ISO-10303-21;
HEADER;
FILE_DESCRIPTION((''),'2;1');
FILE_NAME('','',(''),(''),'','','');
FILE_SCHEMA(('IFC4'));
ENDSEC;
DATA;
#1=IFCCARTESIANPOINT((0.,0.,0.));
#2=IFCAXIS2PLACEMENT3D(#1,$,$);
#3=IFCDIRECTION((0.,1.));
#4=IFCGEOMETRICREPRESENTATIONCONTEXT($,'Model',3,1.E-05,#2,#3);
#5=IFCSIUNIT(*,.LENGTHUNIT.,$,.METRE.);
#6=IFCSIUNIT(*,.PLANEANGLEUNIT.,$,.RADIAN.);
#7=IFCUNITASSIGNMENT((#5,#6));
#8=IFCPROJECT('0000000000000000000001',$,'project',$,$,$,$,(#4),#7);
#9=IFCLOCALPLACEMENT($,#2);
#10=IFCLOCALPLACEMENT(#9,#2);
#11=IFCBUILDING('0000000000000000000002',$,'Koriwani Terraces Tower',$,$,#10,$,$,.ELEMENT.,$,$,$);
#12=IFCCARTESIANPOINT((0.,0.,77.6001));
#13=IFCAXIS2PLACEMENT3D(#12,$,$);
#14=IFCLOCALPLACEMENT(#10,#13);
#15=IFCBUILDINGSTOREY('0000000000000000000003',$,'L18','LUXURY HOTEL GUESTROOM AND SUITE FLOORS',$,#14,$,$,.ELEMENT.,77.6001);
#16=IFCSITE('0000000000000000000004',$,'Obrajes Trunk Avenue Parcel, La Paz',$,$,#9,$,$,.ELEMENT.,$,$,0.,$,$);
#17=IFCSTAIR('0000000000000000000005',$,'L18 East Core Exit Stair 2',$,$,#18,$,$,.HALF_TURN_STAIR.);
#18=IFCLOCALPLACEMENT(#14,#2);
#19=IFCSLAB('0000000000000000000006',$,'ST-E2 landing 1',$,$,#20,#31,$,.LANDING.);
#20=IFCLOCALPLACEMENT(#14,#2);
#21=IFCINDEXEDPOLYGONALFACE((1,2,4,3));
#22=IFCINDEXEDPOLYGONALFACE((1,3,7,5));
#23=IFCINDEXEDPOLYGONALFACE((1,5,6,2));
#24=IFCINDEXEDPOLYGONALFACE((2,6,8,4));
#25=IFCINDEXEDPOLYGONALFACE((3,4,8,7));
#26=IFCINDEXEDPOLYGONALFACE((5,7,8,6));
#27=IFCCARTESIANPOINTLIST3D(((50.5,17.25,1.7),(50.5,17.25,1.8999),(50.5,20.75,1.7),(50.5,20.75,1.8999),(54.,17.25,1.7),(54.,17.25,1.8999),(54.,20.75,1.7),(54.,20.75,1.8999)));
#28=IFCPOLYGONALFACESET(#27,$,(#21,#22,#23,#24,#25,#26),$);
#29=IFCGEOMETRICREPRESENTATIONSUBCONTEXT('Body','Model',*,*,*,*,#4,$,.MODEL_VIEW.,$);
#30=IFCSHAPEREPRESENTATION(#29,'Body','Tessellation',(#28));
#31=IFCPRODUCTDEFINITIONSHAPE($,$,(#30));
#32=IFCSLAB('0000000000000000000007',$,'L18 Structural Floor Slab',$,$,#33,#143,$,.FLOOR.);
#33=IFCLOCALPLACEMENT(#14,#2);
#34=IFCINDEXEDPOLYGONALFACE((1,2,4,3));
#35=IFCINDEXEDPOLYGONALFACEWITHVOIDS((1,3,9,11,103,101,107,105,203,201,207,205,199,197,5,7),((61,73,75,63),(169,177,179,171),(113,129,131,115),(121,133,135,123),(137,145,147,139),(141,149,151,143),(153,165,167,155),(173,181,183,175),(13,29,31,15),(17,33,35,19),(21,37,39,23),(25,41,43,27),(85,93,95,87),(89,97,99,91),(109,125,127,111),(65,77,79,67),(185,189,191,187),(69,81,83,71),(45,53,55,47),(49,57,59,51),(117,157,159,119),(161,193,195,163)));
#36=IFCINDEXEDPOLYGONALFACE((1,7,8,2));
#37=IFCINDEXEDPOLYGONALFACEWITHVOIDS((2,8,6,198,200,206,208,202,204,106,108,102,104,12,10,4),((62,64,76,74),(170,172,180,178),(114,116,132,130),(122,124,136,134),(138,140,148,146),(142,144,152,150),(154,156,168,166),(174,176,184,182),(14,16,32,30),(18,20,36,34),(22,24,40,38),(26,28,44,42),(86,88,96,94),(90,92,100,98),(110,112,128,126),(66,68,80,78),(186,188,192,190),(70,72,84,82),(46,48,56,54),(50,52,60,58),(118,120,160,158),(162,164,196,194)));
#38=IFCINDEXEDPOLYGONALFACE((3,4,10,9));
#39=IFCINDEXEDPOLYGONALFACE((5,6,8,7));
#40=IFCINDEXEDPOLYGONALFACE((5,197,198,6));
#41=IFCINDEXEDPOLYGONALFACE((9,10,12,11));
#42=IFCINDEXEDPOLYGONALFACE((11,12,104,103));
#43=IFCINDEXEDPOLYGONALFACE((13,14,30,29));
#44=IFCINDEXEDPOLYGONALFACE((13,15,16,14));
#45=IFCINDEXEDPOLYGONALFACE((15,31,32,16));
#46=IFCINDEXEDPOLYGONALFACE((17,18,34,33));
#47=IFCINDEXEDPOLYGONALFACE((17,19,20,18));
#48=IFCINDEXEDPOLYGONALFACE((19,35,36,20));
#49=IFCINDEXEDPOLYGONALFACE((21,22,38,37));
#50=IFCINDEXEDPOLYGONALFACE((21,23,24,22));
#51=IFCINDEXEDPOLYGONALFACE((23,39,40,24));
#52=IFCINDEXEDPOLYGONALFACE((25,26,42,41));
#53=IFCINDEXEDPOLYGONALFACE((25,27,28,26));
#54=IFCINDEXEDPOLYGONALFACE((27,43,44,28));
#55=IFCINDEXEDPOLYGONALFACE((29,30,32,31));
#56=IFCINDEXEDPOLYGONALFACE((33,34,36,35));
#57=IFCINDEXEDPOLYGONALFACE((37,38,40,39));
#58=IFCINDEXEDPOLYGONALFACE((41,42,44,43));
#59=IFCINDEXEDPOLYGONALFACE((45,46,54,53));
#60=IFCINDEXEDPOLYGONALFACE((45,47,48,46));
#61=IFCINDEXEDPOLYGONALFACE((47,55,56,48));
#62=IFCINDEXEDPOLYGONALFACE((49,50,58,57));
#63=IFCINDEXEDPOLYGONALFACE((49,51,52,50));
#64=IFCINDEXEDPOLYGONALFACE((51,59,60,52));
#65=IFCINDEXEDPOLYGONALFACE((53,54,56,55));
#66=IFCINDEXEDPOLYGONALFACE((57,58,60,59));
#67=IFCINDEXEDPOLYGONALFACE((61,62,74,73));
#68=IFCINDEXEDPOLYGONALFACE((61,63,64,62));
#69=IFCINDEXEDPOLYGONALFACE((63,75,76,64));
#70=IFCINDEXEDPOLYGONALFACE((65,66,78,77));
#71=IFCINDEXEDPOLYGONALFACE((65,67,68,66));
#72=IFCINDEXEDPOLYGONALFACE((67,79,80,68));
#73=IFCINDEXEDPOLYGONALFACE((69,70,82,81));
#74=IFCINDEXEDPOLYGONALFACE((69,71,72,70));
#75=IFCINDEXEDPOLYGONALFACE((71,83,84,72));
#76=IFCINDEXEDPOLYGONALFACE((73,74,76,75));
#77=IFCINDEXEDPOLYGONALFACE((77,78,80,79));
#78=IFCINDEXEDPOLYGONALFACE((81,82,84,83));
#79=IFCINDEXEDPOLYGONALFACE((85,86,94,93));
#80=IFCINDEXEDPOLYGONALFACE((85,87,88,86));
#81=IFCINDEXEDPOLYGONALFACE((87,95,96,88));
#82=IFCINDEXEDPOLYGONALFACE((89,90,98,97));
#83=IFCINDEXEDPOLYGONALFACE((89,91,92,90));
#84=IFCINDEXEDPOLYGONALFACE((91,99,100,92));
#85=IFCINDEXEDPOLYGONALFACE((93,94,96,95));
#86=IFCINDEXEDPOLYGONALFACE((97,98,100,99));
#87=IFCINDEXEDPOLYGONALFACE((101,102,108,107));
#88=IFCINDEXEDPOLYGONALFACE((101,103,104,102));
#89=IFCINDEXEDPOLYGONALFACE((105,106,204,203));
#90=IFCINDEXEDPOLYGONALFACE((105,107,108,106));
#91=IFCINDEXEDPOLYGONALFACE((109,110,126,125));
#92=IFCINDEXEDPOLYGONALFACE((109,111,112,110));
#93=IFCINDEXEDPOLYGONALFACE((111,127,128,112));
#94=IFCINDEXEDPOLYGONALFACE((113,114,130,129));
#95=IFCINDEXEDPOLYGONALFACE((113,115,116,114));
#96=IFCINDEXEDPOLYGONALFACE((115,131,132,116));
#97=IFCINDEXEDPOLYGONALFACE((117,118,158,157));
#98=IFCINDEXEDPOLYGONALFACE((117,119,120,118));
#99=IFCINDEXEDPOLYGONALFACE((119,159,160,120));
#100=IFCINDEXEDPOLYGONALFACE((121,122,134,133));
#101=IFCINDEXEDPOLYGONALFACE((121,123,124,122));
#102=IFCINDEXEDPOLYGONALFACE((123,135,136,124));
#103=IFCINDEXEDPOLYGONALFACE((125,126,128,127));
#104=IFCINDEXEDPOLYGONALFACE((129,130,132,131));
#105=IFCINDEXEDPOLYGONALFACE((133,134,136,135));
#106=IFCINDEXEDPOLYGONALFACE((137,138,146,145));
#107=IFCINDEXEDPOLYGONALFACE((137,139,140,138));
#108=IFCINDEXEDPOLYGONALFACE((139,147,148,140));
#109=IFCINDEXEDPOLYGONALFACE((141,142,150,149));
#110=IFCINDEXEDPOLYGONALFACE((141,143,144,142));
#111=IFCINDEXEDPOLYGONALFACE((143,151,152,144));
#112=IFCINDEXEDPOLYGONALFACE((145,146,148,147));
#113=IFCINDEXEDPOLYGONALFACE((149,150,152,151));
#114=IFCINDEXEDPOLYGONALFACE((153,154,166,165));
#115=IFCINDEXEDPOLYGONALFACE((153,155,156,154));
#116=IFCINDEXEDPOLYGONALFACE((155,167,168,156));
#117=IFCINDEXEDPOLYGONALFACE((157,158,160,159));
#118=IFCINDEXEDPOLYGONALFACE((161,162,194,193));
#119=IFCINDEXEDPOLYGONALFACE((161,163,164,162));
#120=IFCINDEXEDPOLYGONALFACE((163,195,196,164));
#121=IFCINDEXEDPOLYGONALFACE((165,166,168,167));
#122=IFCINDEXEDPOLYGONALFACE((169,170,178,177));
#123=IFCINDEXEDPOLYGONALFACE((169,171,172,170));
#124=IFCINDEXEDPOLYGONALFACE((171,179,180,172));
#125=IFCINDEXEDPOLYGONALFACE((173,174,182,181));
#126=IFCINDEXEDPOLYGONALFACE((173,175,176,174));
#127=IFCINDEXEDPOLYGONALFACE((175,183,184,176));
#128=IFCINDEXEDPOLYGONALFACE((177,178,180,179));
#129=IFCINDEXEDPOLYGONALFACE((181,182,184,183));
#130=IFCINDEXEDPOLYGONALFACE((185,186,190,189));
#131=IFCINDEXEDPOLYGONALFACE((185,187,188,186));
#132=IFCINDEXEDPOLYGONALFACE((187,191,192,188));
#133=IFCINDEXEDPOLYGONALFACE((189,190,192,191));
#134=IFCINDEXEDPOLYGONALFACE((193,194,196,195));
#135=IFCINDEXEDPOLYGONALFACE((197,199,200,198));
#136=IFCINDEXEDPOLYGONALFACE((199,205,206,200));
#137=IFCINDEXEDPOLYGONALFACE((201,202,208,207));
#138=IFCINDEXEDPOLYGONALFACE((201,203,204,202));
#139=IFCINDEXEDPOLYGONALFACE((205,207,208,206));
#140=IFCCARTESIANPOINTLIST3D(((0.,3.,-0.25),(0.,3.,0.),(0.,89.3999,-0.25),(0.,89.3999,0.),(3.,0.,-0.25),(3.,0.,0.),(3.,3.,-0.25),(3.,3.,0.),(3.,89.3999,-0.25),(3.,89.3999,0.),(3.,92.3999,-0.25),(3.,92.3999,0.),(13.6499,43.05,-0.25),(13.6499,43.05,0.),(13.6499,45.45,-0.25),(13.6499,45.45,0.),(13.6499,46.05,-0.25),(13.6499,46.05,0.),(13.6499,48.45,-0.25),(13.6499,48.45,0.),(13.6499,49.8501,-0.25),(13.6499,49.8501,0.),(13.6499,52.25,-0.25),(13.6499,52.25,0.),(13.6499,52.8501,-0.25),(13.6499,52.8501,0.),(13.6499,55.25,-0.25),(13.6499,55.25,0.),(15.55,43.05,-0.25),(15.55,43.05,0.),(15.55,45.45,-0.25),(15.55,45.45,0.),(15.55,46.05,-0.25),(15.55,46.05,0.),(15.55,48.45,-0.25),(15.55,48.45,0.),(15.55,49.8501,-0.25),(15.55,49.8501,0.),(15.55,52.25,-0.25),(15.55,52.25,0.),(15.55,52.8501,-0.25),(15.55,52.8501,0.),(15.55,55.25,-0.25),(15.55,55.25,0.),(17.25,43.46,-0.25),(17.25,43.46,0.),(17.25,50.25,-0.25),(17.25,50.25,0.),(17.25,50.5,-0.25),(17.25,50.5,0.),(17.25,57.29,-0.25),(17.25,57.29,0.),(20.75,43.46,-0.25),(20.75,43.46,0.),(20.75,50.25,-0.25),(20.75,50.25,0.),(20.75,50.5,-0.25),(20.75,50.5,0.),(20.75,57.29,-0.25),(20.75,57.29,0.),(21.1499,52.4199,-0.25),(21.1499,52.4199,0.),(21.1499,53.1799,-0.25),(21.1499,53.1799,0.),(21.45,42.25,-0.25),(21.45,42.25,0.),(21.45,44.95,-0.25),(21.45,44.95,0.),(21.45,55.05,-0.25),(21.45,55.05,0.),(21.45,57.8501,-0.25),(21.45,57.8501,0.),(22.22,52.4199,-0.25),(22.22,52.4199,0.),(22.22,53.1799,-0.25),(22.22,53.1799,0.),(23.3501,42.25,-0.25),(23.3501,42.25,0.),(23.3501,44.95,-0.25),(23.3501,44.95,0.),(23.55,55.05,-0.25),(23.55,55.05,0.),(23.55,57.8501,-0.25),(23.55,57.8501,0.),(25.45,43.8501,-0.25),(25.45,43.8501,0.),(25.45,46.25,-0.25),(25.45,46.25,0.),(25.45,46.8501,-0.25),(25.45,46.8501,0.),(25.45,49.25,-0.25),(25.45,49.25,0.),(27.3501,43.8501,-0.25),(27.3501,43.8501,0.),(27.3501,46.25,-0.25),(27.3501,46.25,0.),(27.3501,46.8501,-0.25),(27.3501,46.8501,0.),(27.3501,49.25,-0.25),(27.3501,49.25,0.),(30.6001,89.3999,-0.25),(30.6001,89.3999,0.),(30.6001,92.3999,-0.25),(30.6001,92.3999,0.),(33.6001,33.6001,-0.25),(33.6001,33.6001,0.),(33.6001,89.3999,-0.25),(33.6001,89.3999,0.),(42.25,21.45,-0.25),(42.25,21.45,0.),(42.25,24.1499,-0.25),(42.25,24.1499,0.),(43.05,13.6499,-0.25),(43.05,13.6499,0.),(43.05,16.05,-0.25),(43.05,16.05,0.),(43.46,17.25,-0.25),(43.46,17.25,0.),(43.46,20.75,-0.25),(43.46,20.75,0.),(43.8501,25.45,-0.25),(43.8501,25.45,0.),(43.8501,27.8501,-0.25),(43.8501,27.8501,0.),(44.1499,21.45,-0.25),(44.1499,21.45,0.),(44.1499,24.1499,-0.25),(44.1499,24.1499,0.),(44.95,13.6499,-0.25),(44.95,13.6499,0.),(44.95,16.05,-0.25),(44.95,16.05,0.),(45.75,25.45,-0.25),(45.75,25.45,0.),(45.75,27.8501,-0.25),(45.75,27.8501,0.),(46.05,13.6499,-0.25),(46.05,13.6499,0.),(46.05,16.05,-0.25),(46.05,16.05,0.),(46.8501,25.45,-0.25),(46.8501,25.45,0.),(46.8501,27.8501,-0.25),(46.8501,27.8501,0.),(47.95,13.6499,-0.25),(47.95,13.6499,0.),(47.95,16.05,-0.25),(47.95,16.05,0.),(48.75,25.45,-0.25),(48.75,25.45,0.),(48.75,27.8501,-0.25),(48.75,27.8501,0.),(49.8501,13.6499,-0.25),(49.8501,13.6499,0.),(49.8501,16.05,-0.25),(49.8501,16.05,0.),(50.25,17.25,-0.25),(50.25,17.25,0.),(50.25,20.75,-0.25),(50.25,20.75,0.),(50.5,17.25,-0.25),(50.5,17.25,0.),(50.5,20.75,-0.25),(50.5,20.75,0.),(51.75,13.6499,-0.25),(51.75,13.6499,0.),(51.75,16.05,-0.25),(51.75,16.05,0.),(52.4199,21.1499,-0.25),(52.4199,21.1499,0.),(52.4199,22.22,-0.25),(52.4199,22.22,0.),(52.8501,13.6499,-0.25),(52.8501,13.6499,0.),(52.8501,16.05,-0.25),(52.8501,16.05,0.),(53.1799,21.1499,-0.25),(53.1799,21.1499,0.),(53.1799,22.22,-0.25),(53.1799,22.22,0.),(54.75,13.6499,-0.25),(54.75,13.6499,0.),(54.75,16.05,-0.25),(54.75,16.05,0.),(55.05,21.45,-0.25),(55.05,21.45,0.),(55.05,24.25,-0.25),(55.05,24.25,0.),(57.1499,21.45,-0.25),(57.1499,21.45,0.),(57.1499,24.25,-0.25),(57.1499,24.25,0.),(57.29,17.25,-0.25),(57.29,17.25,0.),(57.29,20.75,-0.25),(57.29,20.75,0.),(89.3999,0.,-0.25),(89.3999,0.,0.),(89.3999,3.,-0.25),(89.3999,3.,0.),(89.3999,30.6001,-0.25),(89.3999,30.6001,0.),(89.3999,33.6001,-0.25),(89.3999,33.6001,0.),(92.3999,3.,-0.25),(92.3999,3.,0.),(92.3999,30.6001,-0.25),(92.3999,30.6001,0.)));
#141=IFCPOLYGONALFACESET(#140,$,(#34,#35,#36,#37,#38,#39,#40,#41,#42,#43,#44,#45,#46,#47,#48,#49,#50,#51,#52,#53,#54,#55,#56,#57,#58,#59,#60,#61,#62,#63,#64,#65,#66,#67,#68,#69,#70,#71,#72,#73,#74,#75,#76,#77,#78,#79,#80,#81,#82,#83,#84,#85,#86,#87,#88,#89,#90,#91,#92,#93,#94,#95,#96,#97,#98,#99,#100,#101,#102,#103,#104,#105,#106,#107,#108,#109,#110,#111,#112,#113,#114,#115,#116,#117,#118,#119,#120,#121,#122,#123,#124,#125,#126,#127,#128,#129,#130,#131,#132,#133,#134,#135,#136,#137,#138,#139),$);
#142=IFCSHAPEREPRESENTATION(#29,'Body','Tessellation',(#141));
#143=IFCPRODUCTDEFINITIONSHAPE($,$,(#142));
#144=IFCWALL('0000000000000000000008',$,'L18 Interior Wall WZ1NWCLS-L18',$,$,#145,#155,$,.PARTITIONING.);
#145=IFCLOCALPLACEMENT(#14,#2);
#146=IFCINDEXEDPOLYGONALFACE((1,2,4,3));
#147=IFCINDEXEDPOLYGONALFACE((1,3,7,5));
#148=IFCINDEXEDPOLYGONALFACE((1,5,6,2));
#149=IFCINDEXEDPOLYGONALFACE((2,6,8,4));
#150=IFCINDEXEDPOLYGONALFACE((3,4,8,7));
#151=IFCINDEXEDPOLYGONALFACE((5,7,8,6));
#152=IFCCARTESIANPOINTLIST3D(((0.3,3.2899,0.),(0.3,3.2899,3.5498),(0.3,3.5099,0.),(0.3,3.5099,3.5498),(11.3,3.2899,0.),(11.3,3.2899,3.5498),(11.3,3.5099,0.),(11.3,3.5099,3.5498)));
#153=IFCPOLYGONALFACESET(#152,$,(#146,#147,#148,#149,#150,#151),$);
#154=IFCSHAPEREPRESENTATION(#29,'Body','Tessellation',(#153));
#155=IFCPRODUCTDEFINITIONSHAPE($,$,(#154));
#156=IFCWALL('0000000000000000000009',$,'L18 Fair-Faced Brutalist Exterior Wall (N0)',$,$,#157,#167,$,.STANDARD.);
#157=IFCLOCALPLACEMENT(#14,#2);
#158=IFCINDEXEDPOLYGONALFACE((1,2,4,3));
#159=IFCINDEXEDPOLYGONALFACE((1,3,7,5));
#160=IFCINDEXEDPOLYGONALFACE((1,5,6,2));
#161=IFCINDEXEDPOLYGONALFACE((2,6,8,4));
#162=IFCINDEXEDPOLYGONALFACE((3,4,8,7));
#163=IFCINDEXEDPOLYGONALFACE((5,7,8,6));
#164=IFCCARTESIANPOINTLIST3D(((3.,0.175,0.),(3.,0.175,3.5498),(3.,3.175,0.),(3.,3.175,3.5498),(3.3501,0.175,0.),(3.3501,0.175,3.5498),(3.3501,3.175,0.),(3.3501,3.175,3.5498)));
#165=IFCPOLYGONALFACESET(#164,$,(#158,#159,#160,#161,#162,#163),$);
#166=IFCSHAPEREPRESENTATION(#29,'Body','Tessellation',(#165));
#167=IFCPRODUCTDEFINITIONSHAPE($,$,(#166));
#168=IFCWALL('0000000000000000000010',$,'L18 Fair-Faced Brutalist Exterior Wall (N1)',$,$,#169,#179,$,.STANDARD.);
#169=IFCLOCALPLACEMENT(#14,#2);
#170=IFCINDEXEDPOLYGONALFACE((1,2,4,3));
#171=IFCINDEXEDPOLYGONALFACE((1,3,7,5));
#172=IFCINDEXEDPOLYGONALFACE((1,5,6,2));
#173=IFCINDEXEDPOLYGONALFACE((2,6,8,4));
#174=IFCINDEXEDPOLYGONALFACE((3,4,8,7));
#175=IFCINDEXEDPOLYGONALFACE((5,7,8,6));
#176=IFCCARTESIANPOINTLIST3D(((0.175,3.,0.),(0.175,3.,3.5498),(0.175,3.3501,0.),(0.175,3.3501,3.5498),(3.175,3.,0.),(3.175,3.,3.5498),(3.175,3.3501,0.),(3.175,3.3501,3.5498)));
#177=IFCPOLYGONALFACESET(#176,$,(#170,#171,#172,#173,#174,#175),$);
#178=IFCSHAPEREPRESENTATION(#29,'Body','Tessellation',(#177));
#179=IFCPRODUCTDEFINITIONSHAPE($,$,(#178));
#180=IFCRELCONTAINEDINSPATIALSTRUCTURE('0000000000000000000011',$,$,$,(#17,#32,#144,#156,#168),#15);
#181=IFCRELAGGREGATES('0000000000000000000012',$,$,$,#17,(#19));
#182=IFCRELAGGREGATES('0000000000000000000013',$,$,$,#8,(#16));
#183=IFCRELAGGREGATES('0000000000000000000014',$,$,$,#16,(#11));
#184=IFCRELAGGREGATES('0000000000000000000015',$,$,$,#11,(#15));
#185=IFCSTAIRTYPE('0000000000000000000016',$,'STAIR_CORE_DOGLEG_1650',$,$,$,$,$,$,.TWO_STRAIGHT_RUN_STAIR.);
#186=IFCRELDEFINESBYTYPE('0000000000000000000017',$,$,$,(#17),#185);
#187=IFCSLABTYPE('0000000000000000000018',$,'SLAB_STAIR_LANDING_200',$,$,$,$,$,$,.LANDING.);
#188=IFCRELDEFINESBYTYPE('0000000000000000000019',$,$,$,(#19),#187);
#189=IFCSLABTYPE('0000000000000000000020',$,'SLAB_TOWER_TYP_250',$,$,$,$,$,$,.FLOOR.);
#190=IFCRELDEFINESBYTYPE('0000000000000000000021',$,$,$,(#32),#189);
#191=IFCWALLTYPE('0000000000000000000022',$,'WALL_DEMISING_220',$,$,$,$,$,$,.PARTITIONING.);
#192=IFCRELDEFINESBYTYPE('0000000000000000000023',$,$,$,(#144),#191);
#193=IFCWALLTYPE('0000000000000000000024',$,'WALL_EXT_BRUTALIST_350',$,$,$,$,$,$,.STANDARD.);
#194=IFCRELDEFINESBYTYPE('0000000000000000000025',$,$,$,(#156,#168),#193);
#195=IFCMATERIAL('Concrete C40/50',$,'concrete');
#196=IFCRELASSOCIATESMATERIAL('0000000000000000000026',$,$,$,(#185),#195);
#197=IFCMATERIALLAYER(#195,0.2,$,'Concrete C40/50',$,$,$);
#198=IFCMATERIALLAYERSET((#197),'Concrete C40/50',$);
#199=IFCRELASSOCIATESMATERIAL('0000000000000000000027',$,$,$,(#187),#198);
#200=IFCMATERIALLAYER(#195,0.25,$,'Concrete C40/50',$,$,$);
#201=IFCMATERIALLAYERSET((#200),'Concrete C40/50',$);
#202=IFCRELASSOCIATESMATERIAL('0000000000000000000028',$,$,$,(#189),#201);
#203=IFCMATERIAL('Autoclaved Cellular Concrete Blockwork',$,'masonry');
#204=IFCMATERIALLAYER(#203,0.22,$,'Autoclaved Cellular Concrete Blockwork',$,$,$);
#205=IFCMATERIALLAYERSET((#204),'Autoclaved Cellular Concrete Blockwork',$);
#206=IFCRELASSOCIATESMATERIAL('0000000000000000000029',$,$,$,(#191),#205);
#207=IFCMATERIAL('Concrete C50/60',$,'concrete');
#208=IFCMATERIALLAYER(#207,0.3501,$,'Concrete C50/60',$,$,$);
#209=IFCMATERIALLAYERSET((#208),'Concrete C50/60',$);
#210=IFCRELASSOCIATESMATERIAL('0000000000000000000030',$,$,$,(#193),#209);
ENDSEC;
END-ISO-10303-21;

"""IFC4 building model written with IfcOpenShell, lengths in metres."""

from ifc_helpers import new_model, si_unit, direction, frame, frame_2d, origin, place, context, subcontext, project, spatial, polyline, rectangle, outline, extrude, material, layer, layer_set, type_object, element, aggregate, save


model = new_model("IFC4")

# Units and contexts
model_context = context("Model", 3, precision=1e-05, world=origin(), true_north=direction((0.0, 1.0)))
body_context = subcontext(model_context, "Body", "Model", "MODEL_VIEW")
ifc_project = project(units=[si_unit("LENGTHUNIT", "METRE"), si_unit("PLANEANGLEUNIT", "RADIAN")], contexts=[model_context])

# Site, building, storey
site_placement = place(None, origin())
site = spatial("IfcSite", under=ifc_project, at=site_placement, Name="Obrajes Trunk Avenue Parcel, La Paz", CompositionType="ELEMENT", RefElevation=0.0)
building_placement = place(site_placement, origin())
building = spatial("IfcBuilding", under=site, at=building_placement, Name="Koriwani Terraces Tower", CompositionType="ELEMENT")
storey_placement = place(building_placement, frame((0.0, 0.0, 77.6001)))
storey = spatial("IfcBuildingStorey", under=building, at=storey_placement, Name="L18", Description="LUXURY HOTEL GUESTROOM AND SUITE FLOORS", CompositionType="ELEMENT", Elevation=77.6001)

# Shared definitions
ifc_material_1 = material(Name="Concrete C50/60", Category="concrete")

# Shared definitions
ifc_material_2 = material(Name="Concrete C40/50", Category="concrete")

# Stair, slab
stair_type = type_object("IfcStairType", Name="STAIR_CORE_DOGLEG_1650", PredefinedType="TWO_STRAIGHT_RUN_STAIR", material=ifc_material_2)
ifc_layer_1 = layer(ifc_material_2, 0.2, Name="Concrete C40/50")
ifc_layer_set_1 = layer_set([ifc_layer_1], Name="Concrete C40/50")
slab_type_1 = type_object("IfcSlabType", Name="SLAB_STAIR_LANDING_200", PredefinedType="LANDING", material=ifc_layer_set_1)
stair_1_placement = place(storey_placement, origin())
stair_1 = element("IfcStair", 1, at=stair_1_placement, inside=storey, type_object=stair_type, Name="L18 East Core Exit Stair 2", PredefinedType="HALF_TURN_STAIR")
slab_1_placement = place(storey_placement, frame((0.0, 0.0, 1.7)))
slab_1 = element("IfcSlab", 2, at=slab_1_placement, type_object=slab_type_1, Name="ST-E2 landing 1", PredefinedType="LANDING", context=body_context, shape_type="SweptSolid", body=[
    extrude(outline(polyline([(54.0, 20.75), (50.5, 20.75), (50.5, 17.25), (54.0, 17.25), (54.0, 20.75)])), origin(), (0.0, 0.0, 1.0), 0.2),
])
aggregate(stair_1, [slab_1])

# Slab
ifc_layer_2 = layer(ifc_material_2, 0.25, Name="Concrete C40/50")
ifc_layer_set_2 = layer_set([ifc_layer_2], Name="Concrete C40/50")
slab_type_2 = type_object("IfcSlabType", Name="SLAB_TOWER_TYP_250", PredefinedType="FLOOR", material=ifc_layer_set_2)
slab_2_placement = place(storey_placement, frame((0.0, 0.0, -0.25)))
element("IfcSlab", 3, at=slab_2_placement, inside=storey, type_object=slab_type_2, Name="L18 Structural Floor Slab", PredefinedType="FLOOR", context=body_context, shape_type="SweptSolid", body=[
    extrude(outline(polyline([(3.0, 0.0), (89.3999, 0.0), (89.3999, 3.0), (92.3999, 3.0), (92.3999, 30.6001), (89.3999, 30.6001), (89.3999, 33.6001), (33.6001, 33.6001), (33.6001, 89.3999), (30.6001, 89.3999), (30.6001, 92.3999), (3.0, 92.3999), (3.0, 89.3999), (0.0, 89.3999), (0.0, 3.0), (3.0, 3.0), (3.0, 0.0)]), holes=[polyline([(17.25, 43.46), (20.75, 43.46), (20.75, 50.25), (17.25, 50.25), (17.25, 43.46)]), polyline([(17.25, 50.5), (20.75, 50.5), (20.75, 57.29), (17.25, 57.29), (17.25, 50.5)]), polyline([(43.46, 17.25), (50.25, 17.25), (50.25, 20.75), (43.46, 20.75), (43.46, 17.25)]), polyline([(50.5, 17.25), (57.29, 17.25), (57.29, 20.75), (50.5, 20.75), (50.5, 17.25)]), polyline([(13.6499, 43.05), (15.55, 43.05), (15.55, 45.45), (13.6499, 45.45), (13.6499, 43.05)]), polyline([(13.6499, 46.05), (15.55, 46.05), (15.55, 48.45), (13.6499, 48.45), (13.6499, 46.05)]), polyline([(43.05, 13.6499), (44.95, 13.6499), (44.95, 16.05), (43.05, 16.05), (43.05, 13.6499)]), polyline([(46.05, 13.6499), (47.95, 13.6499), (47.95, 16.05), (46.05, 16.05), (46.05, 13.6499)]), polyline([(13.6499, 49.8501), (15.55, 49.8501), (15.55, 52.25), (13.6499, 52.25), (13.6499, 49.8501)]), polyline([(13.6499, 52.8501), (15.55, 52.8501), (15.55, 55.25), (13.6499, 55.25), (13.6499, 52.8501)]), polyline([(49.8501, 13.6499), (51.75, 13.6499), (51.75, 16.05), (49.8501, 16.05), (49.8501, 13.6499)]), polyline([(52.8501, 13.6499), (54.75, 13.6499), (54.75, 16.05), (52.8501, 16.05), (52.8501, 13.6499)]), polyline([(25.45, 43.8501), (27.3501, 43.8501), (27.3501, 46.25), (25.45, 46.25), (25.45, 43.8501)]), polyline([(25.45, 46.8501), (27.3501, 46.8501), (27.3501, 49.25), (25.45, 49.25), (25.45, 46.8501)]), polyline([(43.8501, 25.45), (45.75, 25.45), (45.75, 27.8501), (43.8501, 27.8501), (43.8501, 25.45)]), polyline([(46.8501, 25.45), (48.75, 25.45), (48.75, 27.8501), (46.8501, 27.8501), (46.8501, 25.45)]), polyline([(21.45, 55.05), (23.55, 55.05), (23.55, 57.8501), (21.45, 57.8501), (21.45, 55.05)]), polyline([(55.05, 21.45), (57.1499, 21.45), (57.1499, 24.25), (55.05, 24.25), (55.05, 21.45)]), polyline([(21.45, 42.25), (23.3501, 42.25), (23.3501, 44.95), (21.45, 44.95), (21.45, 42.25)]), polyline([(42.25, 21.45), (44.1499, 21.45), (44.1499, 24.1499), (42.25, 24.1499), (42.25, 21.45)]), polyline([(21.1499, 52.4199), (22.22, 52.4199), (22.22, 53.1799), (21.1499, 53.1799), (21.1499, 52.4199)]), polyline([(52.4199, 21.1499), (53.1799, 21.1499), (53.1799, 22.22), (52.4199, 22.22), (52.4199, 21.1499)])]), origin(), (0.0, 0.0, 1.0), 0.25),
])

# Walls
ifc_material_3 = material(Name="Autoclaved Cellular Concrete Blockwork", Category="masonry")
ifc_layer_3 = layer(ifc_material_3, 0.22, Name="Autoclaved Cellular Concrete Blockwork")
ifc_layer_set_3 = layer_set([ifc_layer_3], Name="Autoclaved Cellular Concrete Blockwork")
wall_type_1 = type_object("IfcWallType", Name="WALL_DEMISING_220", PredefinedType="PARTITIONING", material=ifc_layer_set_3)
wall_1_placement = place(storey_placement, frame((0.3, 3.3999, 0.0), z_axis=(0.0, 0.0, 1.0), x_axis=(1.0, 0.0, 0.0)))
element("IfcWall", 4, at=wall_1_placement, inside=storey, type_object=wall_type_1, Name="L18 Interior Wall WZ1NWCLS-L18", PredefinedType="PARTITIONING", context=body_context, shape_type="SweptSolid", body=[
    extrude(rectangle(XDim=11.0, YDim=0.22, at=frame_2d((5.5, 0.0))), origin(), (0.0, 0.0, 1.0), 3.5498),
])
ifc_layer_4 = layer(ifc_material_1, 0.3501, Name="Concrete C50/60")
ifc_layer_set_4 = layer_set([ifc_layer_4], Name="Concrete C50/60")
wall_type_2 = type_object("IfcWallType", Name="WALL_EXT_BRUTALIST_350", PredefinedType="STANDARD", material=ifc_layer_set_4)
for number, where, z_axis, x_axis, name in (
    (5, (3.175, 0.175, 0.0), (0.0, 0.0, 1.0), (0.0, 1.0, 0.0), "L18 Fair-Faced Brutalist Exterior Wall (N0)"),
    (6, (3.175, 3.175, 0.0), (0.0, 0.0, 1.0), (-1.0, 0.0, 0.0), "L18 Fair-Faced Brutalist Exterior Wall (N1)"),
):
    element("IfcWall", number, at=place(storey_placement, frame(where, z_axis=z_axis, x_axis=x_axis)), inside=storey, type_object=wall_type_2, Name=name, PredefinedType="STANDARD", context=body_context, shape_type="SweptSolid", body=[
        extrude(rectangle(XDim=3.0, YDim=0.3501, at=frame_2d((1.5, 0.0))), origin(), (0.0, 0.0, 1.0), 3.5498),
    ])

save(model, "model.ifc")
